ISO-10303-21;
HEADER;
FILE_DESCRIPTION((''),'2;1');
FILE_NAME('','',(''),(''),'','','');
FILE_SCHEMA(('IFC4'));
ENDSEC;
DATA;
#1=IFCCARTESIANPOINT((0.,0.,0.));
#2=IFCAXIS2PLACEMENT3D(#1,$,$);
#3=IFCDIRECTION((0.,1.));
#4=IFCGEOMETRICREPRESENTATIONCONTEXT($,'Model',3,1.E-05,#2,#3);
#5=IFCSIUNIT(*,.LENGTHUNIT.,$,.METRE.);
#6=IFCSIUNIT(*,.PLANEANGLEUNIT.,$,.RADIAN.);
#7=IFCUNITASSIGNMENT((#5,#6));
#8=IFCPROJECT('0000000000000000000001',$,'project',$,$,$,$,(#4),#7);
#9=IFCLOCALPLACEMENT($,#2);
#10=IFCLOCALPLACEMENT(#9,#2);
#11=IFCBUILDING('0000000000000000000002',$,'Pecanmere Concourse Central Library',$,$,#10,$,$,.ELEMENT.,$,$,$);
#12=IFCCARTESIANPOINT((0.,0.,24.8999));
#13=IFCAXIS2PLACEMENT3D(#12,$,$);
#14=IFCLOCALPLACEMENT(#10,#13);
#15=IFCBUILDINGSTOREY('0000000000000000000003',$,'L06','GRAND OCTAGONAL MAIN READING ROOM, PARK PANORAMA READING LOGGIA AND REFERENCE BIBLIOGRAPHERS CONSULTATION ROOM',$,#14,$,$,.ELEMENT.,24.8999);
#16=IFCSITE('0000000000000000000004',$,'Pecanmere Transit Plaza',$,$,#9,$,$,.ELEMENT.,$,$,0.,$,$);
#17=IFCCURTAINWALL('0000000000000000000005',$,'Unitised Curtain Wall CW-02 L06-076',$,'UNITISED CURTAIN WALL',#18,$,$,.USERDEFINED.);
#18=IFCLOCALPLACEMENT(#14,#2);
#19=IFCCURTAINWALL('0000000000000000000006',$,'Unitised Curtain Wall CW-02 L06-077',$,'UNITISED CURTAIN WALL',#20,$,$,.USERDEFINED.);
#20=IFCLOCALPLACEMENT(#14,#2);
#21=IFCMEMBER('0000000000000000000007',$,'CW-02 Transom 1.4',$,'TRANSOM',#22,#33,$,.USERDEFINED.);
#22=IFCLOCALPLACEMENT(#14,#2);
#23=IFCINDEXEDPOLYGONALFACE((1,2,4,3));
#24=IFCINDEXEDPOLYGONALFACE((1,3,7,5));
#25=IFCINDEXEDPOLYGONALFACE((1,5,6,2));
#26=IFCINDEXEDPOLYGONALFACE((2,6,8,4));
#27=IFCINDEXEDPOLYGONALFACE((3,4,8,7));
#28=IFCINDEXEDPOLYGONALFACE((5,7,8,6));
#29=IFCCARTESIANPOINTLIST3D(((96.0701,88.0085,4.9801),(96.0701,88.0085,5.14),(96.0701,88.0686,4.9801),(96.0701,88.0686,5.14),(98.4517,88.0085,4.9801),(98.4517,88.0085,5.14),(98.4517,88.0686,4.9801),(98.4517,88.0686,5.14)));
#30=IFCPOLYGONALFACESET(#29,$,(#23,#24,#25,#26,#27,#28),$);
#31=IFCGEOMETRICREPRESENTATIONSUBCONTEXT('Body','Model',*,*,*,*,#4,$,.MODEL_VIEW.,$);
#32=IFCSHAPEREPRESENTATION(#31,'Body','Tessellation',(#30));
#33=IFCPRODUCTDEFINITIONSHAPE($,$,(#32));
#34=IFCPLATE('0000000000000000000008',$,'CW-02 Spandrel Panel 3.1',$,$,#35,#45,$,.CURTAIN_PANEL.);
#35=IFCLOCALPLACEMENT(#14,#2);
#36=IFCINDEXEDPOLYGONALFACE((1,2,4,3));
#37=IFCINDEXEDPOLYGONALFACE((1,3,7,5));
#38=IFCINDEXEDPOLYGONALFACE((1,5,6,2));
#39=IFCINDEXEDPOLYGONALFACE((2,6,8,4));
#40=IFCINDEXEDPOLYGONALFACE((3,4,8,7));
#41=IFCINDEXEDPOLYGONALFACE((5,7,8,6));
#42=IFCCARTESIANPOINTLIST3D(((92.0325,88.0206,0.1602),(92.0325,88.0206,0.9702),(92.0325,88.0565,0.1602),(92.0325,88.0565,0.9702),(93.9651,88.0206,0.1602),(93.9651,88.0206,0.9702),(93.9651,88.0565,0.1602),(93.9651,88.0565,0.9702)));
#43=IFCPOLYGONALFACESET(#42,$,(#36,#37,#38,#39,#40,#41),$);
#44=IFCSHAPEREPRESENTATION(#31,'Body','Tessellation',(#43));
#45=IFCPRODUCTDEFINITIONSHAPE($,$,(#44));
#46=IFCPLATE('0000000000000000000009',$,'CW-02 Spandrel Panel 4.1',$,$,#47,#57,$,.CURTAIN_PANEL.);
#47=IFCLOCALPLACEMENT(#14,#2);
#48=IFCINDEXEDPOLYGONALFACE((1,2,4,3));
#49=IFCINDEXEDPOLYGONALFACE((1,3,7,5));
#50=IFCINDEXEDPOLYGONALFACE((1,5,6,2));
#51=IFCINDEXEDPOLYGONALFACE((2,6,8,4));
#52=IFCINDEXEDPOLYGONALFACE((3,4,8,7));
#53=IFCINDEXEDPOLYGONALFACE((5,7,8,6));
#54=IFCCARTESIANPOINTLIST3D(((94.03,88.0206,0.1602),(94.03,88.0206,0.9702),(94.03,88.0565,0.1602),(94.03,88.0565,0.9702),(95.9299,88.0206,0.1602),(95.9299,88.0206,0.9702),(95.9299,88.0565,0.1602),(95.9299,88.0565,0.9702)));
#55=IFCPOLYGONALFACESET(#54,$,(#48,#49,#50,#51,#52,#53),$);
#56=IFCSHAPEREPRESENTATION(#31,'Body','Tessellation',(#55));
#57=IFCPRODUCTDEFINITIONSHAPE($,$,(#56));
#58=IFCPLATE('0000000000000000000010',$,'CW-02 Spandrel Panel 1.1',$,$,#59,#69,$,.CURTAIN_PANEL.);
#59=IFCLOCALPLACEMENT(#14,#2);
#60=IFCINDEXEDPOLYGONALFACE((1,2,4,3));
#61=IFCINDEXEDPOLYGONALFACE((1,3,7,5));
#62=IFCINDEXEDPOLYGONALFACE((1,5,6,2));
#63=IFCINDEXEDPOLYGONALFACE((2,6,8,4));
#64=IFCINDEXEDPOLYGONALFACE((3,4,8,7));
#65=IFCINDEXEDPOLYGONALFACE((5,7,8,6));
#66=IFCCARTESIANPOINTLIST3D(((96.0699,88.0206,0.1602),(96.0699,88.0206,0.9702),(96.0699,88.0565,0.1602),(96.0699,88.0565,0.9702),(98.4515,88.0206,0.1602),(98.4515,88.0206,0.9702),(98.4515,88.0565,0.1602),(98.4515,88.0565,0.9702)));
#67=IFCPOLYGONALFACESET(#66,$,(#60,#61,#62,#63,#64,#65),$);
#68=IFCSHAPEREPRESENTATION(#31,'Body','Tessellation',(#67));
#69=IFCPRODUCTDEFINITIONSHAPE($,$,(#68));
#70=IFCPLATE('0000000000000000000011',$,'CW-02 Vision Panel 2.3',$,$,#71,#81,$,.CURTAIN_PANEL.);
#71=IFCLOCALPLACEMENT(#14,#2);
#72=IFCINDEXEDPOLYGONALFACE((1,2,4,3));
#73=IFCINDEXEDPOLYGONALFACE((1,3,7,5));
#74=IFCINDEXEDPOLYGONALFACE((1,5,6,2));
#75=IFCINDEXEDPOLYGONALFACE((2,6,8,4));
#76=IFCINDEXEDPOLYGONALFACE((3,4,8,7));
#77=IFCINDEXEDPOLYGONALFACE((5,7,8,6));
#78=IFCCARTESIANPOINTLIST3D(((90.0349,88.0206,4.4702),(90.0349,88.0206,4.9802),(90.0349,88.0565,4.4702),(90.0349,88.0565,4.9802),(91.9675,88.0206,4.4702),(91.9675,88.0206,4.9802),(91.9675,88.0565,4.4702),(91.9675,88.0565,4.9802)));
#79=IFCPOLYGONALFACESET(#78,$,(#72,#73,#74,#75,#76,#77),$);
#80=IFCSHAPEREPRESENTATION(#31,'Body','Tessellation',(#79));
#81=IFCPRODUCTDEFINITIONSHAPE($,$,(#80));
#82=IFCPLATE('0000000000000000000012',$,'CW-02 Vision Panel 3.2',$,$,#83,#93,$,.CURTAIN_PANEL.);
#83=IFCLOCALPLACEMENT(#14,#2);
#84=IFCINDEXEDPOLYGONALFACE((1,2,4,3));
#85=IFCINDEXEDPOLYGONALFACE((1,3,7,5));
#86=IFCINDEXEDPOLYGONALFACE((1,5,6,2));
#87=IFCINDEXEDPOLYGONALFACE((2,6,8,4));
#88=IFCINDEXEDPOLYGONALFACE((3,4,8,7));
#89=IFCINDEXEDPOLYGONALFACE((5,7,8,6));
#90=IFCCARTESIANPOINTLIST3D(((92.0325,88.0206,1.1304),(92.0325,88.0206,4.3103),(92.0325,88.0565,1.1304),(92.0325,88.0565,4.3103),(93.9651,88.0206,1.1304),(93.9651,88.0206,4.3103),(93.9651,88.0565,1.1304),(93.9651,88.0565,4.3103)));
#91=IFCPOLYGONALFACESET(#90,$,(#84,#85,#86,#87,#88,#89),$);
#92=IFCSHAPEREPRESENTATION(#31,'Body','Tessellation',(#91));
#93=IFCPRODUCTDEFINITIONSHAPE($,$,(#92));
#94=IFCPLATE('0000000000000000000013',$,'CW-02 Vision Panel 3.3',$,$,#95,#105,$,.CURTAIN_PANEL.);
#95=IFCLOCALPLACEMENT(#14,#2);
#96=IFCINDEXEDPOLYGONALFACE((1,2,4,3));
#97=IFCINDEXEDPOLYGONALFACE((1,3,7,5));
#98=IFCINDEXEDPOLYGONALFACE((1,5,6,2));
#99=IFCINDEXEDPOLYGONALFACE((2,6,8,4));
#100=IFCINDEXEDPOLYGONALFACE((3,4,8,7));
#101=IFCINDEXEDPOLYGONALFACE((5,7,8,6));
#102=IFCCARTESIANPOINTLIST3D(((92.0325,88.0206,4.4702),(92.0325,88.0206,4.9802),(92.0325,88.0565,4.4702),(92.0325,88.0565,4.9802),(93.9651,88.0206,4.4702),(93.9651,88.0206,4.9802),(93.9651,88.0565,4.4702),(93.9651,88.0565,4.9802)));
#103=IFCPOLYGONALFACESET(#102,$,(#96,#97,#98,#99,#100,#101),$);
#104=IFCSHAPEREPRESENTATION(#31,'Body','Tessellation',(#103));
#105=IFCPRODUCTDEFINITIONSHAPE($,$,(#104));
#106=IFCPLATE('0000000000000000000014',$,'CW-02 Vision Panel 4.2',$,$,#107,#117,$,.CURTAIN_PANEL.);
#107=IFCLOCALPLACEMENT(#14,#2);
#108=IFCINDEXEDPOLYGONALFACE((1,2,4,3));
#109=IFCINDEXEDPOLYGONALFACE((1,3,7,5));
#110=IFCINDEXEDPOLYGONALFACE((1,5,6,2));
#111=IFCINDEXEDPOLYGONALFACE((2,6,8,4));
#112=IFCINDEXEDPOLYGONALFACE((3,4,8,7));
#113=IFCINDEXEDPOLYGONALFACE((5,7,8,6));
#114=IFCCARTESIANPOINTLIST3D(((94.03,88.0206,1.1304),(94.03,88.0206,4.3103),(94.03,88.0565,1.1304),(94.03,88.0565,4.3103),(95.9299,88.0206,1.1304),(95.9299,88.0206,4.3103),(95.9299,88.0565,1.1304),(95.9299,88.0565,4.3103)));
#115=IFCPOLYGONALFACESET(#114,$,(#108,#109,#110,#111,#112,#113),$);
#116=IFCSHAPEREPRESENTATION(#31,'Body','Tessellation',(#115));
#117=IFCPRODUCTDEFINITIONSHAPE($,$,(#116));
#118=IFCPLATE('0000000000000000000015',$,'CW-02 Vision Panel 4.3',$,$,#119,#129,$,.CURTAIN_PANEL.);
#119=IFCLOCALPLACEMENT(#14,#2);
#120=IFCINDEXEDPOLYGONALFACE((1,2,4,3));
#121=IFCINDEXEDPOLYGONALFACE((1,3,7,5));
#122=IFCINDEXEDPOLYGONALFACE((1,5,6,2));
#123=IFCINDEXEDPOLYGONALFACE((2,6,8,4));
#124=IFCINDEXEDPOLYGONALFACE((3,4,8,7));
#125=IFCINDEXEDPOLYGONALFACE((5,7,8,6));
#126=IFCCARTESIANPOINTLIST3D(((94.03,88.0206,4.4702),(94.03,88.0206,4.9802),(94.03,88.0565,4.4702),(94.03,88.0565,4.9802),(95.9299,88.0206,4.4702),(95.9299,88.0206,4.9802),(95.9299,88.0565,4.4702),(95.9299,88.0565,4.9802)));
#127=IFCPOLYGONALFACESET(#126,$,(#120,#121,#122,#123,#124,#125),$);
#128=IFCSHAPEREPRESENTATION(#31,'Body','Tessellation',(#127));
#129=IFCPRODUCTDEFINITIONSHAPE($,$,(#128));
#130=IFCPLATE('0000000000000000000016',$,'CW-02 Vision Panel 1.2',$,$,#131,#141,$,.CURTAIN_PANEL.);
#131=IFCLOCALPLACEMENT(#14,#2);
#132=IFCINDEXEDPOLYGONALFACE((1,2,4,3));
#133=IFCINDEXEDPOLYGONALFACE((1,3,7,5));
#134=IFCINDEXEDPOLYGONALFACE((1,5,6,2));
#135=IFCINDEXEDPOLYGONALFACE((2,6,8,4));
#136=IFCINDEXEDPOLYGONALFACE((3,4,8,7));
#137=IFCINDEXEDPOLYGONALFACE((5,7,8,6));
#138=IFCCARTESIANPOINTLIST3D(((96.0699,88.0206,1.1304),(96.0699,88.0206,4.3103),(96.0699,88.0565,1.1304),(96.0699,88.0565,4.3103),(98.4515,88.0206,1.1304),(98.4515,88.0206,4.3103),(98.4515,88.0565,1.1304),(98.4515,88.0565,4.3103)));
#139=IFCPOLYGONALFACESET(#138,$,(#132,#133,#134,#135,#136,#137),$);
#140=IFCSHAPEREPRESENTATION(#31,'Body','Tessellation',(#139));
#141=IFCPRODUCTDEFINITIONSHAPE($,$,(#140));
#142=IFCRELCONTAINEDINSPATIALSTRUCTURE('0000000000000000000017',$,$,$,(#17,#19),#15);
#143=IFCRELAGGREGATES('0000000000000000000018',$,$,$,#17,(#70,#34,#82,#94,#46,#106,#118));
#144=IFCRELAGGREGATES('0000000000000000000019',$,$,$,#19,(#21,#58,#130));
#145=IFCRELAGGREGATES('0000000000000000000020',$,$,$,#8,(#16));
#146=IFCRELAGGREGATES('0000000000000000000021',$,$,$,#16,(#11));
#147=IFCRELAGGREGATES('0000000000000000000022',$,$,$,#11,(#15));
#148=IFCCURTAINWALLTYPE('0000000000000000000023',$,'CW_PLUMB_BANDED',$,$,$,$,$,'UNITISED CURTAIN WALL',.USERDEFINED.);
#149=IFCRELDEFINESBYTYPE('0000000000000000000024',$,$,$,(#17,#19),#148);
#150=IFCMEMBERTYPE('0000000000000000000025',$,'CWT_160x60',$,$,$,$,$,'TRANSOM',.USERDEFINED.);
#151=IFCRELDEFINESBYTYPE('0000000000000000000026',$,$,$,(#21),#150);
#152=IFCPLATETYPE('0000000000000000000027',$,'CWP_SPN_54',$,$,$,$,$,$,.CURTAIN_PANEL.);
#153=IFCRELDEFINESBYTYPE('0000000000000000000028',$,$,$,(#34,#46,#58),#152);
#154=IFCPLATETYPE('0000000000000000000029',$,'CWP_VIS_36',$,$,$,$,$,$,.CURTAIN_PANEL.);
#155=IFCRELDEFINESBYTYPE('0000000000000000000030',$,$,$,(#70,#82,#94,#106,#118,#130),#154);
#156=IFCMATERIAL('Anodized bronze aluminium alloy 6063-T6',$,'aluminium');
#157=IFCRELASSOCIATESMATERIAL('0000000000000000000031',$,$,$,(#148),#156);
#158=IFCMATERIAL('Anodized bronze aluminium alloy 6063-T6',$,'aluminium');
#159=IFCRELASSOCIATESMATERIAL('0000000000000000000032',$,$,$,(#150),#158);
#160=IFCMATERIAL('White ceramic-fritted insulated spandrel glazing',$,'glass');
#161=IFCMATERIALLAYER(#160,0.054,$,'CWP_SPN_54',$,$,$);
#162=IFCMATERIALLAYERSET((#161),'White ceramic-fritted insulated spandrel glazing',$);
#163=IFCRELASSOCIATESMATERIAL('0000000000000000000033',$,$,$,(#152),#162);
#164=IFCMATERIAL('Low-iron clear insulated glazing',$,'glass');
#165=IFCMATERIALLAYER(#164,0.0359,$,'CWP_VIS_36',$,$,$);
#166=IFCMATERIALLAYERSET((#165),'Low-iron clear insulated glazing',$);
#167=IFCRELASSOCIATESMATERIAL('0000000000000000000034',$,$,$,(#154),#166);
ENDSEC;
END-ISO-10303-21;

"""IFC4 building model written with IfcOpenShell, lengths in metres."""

from ifc_helpers import new_model, si_unit, direction, frame, origin, origin_2d, place, context, subcontext, project, spatial, rectangle, extrude, material, layer, layer_set, material_profile, profile_set, type_object, element, aggregate, save


model = new_model("IFC4")

# Units and contexts
model_context = context("Model", 3, precision=1e-05, world=origin(), true_north=direction((0.0, 1.0)))
body_context = subcontext(model_context, "Body", "Model", "MODEL_VIEW")
ifc_project = project(units=[si_unit("LENGTHUNIT", "METRE"), si_unit("PLANEANGLEUNIT", "RADIAN")], contexts=[model_context])

# Site, building, storey
site_placement = place(None, origin())
site = spatial("IfcSite", under=ifc_project, at=site_placement, Name="Pecanmere Transit Plaza", CompositionType="ELEMENT", RefElevation=0.0)
building_placement = place(site_placement, origin())
building = spatial("IfcBuilding", under=site, at=building_placement, Name="Pecanmere Concourse Central Library", CompositionType="ELEMENT")
storey_placement = place(building_placement, frame((0.0, 0.0, 24.8999)))
storey = spatial("IfcBuildingStorey", under=building, at=storey_placement, Name="L06", Description="GRAND OCTAGONAL MAIN READING ROOM, PARK PANORAMA READING LOGGIA AND REFERENCE BIBLIOGRAPHERS CONSULTATION ROOM", CompositionType="ELEMENT", Elevation=24.8999)

# Curtain wall
ifc_material_1 = material(Name="Anodized bronze aluminium alloy 6063-T6", Category="aluminium")
curtain_wall_type = type_object("IfcCurtainWallType", Name="CW_PLUMB_BANDED", ElementType="UNITISED CURTAIN WALL", PredefinedType="USERDEFINED", material=ifc_material_1)
curtain_wall_1_placement = place(storey_placement, origin())
curtain_wall_1 = element("IfcCurtainWall", 1, at=curtain_wall_1_placement, inside=storey, type_object=curtain_wall_type, Name="Unitised Curtain Wall CW-02 L06-076", ObjectType="UNITISED CURTAIN WALL", PredefinedType="USERDEFINED")

# Curtain wall
curtain_wall_2_placement = place(storey_placement, origin())
curtain_wall_2 = element("IfcCurtainWall", 2, at=curtain_wall_2_placement, inside=storey, type_object=curtain_wall_type, Name="Unitised Curtain Wall CW-02 L06-077", ObjectType="UNITISED CURTAIN WALL", PredefinedType="USERDEFINED")

# Member
ifc_material_2 = material(Name="Anodized bronze aluminium alloy 6063-T6", Category="aluminium")
ifc_material_profile_1 = material_profile(ifc_material_2, rectangle(XDim=0.0601, YDim=0.1599, at=origin_2d()), Name="AL 60x160")
ifc_profile_set_1 = profile_set([ifc_material_profile_1], Name="Anodized bronze aluminium alloy 6063-T6")
member_type_1 = type_object("IfcMemberType", Name="CWT_160x60", ElementType="TRANSOM", PredefinedType="USERDEFINED", material=ifc_profile_set_1)
member_1_placement = place(storey_placement, frame((96.0701, 88.0386, 5.0601), z_axis=(1.0, 0.0, 0.0), x_axis=(0.0, 1.0, 0.0)))
member_1 = element("IfcMember", 3, at=member_1_placement, type_object=member_type_1, Name="CW-02 Transom 1.4", ObjectType="TRANSOM", PredefinedType="USERDEFINED", context=body_context, shape_type="SweptSolid", body=[
    extrude(rectangle(XDim=0.0601, YDim=0.1599, at=origin_2d()), origin(), (0.0, 0.0, 1.0), 2.3816),
])

# Plates
ifc_material_3 = material(Name="White ceramic-fritted insulated spandrel glazing", Category="glass")
ifc_layer_1 = layer(ifc_material_3, 0.054, Name="CWP_SPN_54")
ifc_layer_set_1 = layer_set([ifc_layer_1], Name="White ceramic-fritted insulated spandrel glazing")
plate_type_1 = type_object("IfcPlateType", Name="CWP_SPN_54", PredefinedType="CURTAIN_PANEL", material=ifc_layer_set_1)
plate_1_placement = place(storey_placement, frame((92.9988, 88.0386, 0.1602), z_axis=(0.0, 0.0, 1.0), x_axis=(1.0, 0.0, 0.0)))
plate_1 = element("IfcPlate", 4, at=plate_1_placement, type_object=plate_type_1, Name="CW-02 Spandrel Panel 3.1", PredefinedType="CURTAIN_PANEL", context=body_context, shape_type="SweptSolid", body=[
    extrude(rectangle(XDim=1.9326, YDim=0.0359, at=origin_2d()), origin(), (0.0, 0.0, 1.0), 0.8101),
])
plate_2_placement = place(storey_placement, frame((94.98, 88.0386, 0.1602), z_axis=(0.0, 0.0, 1.0), x_axis=(1.0, 0.0, 0.0)))
plate_2 = element("IfcPlate", 5, at=plate_2_placement, type_object=plate_type_1, Name="CW-02 Spandrel Panel 4.1", PredefinedType="CURTAIN_PANEL", context=body_context, shape_type="SweptSolid", body=[
    extrude(rectangle(XDim=1.8999, YDim=0.0359, at=origin_2d()), origin(), (0.0, 0.0, 1.0), 0.8101),
])
plate_3_placement = place(storey_placement, frame((97.2607, 88.0386, 0.1602), z_axis=(0.0, 0.0, 1.0), x_axis=(1.0, 0.0, 0.0)))
plate_3 = element("IfcPlate", 6, at=plate_3_placement, type_object=plate_type_1, Name="CW-02 Spandrel Panel 1.1", PredefinedType="CURTAIN_PANEL", context=body_context, shape_type="SweptSolid", body=[
    extrude(rectangle(XDim=2.3816, YDim=0.0359, at=origin_2d()), origin(), (0.0, 0.0, 1.0), 0.8101),
])
ifc_material_4 = material(Name="Low-iron clear insulated glazing", Category="glass")
ifc_layer_2 = layer(ifc_material_4, 0.0359, Name="CWP_VIS_36")
ifc_layer_set_2 = layer_set([ifc_layer_2], Name="Low-iron clear insulated glazing")
plate_type_2 = type_object("IfcPlateType", Name="CWP_VIS_36", PredefinedType="CURTAIN_PANEL", material=ifc_layer_set_2)
plate_4_placement = place(storey_placement, frame((91.0012, 88.0386, 4.4702), z_axis=(0.0, 0.0, 1.0), x_axis=(1.0, 0.0, 0.0)))
plate_4 = element("IfcPlate", 7, at=plate_4_placement, type_object=plate_type_2, Name="CW-02 Vision Panel 2.3", PredefinedType="CURTAIN_PANEL", context=body_context, shape_type="SweptSolid", body=[
    extrude(rectangle(XDim=1.9326, YDim=0.0359, at=origin_2d()), origin(), (0.0, 0.0, 1.0), 0.51),
])
plate_5_placement = place(storey_placement, frame((92.9988, 88.0386, 1.1304), z_axis=(0.0, 0.0, 1.0), x_axis=(1.0, 0.0, 0.0)))
plate_5 = element("IfcPlate", 8, at=plate_5_placement, type_object=plate_type_2, Name="CW-02 Vision Panel 3.2", PredefinedType="CURTAIN_PANEL", context=body_context, shape_type="SweptSolid", body=[
    extrude(rectangle(XDim=1.9326, YDim=0.0359, at=origin_2d()), origin(), (0.0, 0.0, 1.0), 3.1799),
])
plate_6_placement = place(storey_placement, frame((92.9988, 88.0386, 4.4702), z_axis=(0.0, 0.0, 1.0), x_axis=(1.0, 0.0, 0.0)))
plate_6 = element("IfcPlate", 9, at=plate_6_placement, type_object=plate_type_2, Name="CW-02 Vision Panel 3.3", PredefinedType="CURTAIN_PANEL", context=body_context, shape_type="SweptSolid", body=[
    extrude(rectangle(XDim=1.9326, YDim=0.0359, at=origin_2d()), origin(), (0.0, 0.0, 1.0), 0.51),
])
plate_7_placement = place(storey_placement, frame((94.98, 88.0386, 1.1304), z_axis=(0.0, 0.0, 1.0), x_axis=(1.0, 0.0, 0.0)))
plate_7 = element("IfcPlate", 10, at=plate_7_placement, type_object=plate_type_2, Name="CW-02 Vision Panel 4.2", PredefinedType="CURTAIN_PANEL", context=body_context, shape_type="SweptSolid", body=[
    extrude(rectangle(XDim=1.8999, YDim=0.0359, at=origin_2d()), origin(), (0.0, 0.0, 1.0), 3.1799),
])
plate_8_placement = place(storey_placement, frame((94.98, 88.0386, 4.4702), z_axis=(0.0, 0.0, 1.0), x_axis=(1.0, 0.0, 0.0)))
plate_8 = element("IfcPlate", 11, at=plate_8_placement, type_object=plate_type_2, Name="CW-02 Vision Panel 4.3", PredefinedType="CURTAIN_PANEL", context=body_context, shape_type="SweptSolid", body=[
    extrude(rectangle(XDim=1.8999, YDim=0.0359, at=origin_2d()), origin(), (0.0, 0.0, 1.0), 0.51),
])
aggregate(curtain_wall_1, [plate_4, plate_1, plate_5, plate_6, plate_2, plate_7, plate_8])
plate_9_placement = place(storey_placement, frame((97.2607, 88.0386, 1.1304), z_axis=(0.0, 0.0, 1.0), x_axis=(1.0, 0.0, 0.0)))
plate_9 = element("IfcPlate", 12, at=plate_9_placement, type_object=plate_type_2, Name="CW-02 Vision Panel 1.2", PredefinedType="CURTAIN_PANEL", context=body_context, shape_type="SweptSolid", body=[
    extrude(rectangle(XDim=2.3816, YDim=0.0359, at=origin_2d()), origin(), (0.0, 0.0, 1.0), 3.1799),
])
aggregate(curtain_wall_2, [member_1, plate_3, plate_9])

save(model, "model.ifc")
